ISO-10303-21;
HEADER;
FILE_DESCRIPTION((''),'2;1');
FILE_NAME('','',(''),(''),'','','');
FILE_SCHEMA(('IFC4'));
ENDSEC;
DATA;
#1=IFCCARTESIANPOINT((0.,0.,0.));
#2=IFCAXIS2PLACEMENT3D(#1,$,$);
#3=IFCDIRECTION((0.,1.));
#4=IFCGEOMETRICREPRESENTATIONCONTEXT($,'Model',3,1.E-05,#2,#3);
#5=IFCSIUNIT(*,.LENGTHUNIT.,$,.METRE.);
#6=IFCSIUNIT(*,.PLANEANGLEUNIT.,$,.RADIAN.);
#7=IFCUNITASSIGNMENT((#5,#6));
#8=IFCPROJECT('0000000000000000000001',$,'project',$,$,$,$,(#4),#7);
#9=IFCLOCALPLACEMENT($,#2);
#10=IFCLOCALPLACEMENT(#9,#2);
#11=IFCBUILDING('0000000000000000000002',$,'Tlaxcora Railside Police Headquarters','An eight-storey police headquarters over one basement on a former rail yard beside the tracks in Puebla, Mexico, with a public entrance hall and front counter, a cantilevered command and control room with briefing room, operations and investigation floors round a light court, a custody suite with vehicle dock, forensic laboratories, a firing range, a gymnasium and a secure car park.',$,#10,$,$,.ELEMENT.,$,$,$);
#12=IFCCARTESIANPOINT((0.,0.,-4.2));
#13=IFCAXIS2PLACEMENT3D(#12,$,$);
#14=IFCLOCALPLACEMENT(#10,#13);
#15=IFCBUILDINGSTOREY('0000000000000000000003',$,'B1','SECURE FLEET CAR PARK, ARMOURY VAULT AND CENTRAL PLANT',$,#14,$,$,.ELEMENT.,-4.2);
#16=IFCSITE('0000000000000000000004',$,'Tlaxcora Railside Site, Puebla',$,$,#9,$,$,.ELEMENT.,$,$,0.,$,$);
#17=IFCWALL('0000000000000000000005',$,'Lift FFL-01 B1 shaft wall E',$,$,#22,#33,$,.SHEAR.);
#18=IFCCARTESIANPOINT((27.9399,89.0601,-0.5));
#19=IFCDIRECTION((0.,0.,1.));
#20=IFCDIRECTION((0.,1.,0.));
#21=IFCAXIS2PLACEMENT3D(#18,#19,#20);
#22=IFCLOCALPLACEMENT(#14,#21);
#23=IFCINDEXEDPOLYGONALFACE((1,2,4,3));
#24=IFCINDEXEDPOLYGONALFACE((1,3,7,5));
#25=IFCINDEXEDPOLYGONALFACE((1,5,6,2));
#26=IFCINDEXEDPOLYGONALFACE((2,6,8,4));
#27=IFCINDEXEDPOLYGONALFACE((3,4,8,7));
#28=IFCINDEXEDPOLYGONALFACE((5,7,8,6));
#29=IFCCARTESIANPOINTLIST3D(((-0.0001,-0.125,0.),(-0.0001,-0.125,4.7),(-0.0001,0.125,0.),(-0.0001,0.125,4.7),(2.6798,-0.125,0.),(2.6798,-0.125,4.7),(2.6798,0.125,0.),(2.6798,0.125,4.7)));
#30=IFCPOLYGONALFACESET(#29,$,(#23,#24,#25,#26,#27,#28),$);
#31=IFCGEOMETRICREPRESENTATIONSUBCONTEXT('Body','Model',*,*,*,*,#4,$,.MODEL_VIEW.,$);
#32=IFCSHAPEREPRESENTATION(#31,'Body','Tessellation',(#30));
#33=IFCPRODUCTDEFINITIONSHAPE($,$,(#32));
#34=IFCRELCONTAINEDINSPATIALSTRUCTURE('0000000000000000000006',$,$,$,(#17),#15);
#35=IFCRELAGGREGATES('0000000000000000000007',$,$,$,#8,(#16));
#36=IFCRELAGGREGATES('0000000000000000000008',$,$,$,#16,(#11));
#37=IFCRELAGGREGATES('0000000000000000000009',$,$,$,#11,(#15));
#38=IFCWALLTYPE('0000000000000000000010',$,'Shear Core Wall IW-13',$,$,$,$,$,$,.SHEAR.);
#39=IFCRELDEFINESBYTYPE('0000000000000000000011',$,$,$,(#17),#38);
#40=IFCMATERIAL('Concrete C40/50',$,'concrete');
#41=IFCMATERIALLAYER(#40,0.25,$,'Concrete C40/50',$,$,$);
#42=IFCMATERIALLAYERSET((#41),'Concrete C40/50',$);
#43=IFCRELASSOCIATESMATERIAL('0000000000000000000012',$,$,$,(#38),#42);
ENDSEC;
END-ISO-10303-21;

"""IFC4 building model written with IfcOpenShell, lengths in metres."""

from ifc_helpers import new_model, si_unit, direction, frame, frame_2d, origin, place, context, subcontext, project, spatial, rectangle, extrude, material, layer, layer_set, type_object, element, save


model = new_model("IFC4")

# Units and contexts
model_context = context("Model", 3, precision=1e-05, world=origin(), true_north=direction((0.0, 1.0)))
body_context = subcontext(model_context, "Body", "Model", "MODEL_VIEW")
ifc_project = project(units=[si_unit("LENGTHUNIT", "METRE"), si_unit("PLANEANGLEUNIT", "RADIAN")], contexts=[model_context])

# Site, building, storey
site_placement = place(None, origin())
site = spatial("IfcSite", under=ifc_project, at=site_placement, Name="Tlaxcora Railside Site, Puebla", CompositionType="ELEMENT", RefElevation=0.0)
building_placement = place(site_placement, origin())
building = spatial("IfcBuilding", under=site, at=building_placement, Name="Tlaxcora Railside Police Headquarters", Description="An eight-storey police headquarters over one basement on a former rail yard beside the tracks in Puebla, Mexico, with a public entrance hall and front counter, a cantilevered command and control room with briefing room, operations and investigation floors round a light court, a custody suite with vehicle dock, forensic laboratories, a firing range, a gymnasium and a secure car park.", CompositionType="ELEMENT")
storey_placement = place(building_placement, frame((0.0, 0.0, -4.2)))
storey = spatial("IfcBuildingStorey", under=building, at=storey_placement, Name="B1", Description="SECURE FLEET CAR PARK, ARMOURY VAULT AND CENTRAL PLANT", CompositionType="ELEMENT", Elevation=-4.2)

# Shared definitions
ifc_material_1 = material(Name="Concrete C40/50", Category="concrete")

# Wall
ifc_layer_1 = layer(ifc_material_1, 0.25, Name="Concrete C40/50")
ifc_layer_set_1 = layer_set([ifc_layer_1], Name="Concrete C40/50")
wall_type_1 = type_object("IfcWallType", Name="Shear Core Wall IW-13", PredefinedType="SHEAR", material=ifc_layer_set_1)
wall_1_placement = place(storey_placement, frame((27.9399, 89.0601, -0.5), z_axis=(0.0, 0.0, 1.0), x_axis=(0.0, 1.0, 0.0)))
element("IfcWall", 1, at=wall_1_placement, inside=storey, type_object=wall_type_1, Name="Lift FFL-01 B1 shaft wall E", PredefinedType="SHEAR", context=body_context, shape_type="SweptSolid", body=[
    extrude(rectangle(XDim=2.6799, YDim=0.25, at=frame_2d((1.3398, 0.0))), origin(), (0.0, 0.0, 1.0), 4.7),
])

save(model, "model.ifc")
